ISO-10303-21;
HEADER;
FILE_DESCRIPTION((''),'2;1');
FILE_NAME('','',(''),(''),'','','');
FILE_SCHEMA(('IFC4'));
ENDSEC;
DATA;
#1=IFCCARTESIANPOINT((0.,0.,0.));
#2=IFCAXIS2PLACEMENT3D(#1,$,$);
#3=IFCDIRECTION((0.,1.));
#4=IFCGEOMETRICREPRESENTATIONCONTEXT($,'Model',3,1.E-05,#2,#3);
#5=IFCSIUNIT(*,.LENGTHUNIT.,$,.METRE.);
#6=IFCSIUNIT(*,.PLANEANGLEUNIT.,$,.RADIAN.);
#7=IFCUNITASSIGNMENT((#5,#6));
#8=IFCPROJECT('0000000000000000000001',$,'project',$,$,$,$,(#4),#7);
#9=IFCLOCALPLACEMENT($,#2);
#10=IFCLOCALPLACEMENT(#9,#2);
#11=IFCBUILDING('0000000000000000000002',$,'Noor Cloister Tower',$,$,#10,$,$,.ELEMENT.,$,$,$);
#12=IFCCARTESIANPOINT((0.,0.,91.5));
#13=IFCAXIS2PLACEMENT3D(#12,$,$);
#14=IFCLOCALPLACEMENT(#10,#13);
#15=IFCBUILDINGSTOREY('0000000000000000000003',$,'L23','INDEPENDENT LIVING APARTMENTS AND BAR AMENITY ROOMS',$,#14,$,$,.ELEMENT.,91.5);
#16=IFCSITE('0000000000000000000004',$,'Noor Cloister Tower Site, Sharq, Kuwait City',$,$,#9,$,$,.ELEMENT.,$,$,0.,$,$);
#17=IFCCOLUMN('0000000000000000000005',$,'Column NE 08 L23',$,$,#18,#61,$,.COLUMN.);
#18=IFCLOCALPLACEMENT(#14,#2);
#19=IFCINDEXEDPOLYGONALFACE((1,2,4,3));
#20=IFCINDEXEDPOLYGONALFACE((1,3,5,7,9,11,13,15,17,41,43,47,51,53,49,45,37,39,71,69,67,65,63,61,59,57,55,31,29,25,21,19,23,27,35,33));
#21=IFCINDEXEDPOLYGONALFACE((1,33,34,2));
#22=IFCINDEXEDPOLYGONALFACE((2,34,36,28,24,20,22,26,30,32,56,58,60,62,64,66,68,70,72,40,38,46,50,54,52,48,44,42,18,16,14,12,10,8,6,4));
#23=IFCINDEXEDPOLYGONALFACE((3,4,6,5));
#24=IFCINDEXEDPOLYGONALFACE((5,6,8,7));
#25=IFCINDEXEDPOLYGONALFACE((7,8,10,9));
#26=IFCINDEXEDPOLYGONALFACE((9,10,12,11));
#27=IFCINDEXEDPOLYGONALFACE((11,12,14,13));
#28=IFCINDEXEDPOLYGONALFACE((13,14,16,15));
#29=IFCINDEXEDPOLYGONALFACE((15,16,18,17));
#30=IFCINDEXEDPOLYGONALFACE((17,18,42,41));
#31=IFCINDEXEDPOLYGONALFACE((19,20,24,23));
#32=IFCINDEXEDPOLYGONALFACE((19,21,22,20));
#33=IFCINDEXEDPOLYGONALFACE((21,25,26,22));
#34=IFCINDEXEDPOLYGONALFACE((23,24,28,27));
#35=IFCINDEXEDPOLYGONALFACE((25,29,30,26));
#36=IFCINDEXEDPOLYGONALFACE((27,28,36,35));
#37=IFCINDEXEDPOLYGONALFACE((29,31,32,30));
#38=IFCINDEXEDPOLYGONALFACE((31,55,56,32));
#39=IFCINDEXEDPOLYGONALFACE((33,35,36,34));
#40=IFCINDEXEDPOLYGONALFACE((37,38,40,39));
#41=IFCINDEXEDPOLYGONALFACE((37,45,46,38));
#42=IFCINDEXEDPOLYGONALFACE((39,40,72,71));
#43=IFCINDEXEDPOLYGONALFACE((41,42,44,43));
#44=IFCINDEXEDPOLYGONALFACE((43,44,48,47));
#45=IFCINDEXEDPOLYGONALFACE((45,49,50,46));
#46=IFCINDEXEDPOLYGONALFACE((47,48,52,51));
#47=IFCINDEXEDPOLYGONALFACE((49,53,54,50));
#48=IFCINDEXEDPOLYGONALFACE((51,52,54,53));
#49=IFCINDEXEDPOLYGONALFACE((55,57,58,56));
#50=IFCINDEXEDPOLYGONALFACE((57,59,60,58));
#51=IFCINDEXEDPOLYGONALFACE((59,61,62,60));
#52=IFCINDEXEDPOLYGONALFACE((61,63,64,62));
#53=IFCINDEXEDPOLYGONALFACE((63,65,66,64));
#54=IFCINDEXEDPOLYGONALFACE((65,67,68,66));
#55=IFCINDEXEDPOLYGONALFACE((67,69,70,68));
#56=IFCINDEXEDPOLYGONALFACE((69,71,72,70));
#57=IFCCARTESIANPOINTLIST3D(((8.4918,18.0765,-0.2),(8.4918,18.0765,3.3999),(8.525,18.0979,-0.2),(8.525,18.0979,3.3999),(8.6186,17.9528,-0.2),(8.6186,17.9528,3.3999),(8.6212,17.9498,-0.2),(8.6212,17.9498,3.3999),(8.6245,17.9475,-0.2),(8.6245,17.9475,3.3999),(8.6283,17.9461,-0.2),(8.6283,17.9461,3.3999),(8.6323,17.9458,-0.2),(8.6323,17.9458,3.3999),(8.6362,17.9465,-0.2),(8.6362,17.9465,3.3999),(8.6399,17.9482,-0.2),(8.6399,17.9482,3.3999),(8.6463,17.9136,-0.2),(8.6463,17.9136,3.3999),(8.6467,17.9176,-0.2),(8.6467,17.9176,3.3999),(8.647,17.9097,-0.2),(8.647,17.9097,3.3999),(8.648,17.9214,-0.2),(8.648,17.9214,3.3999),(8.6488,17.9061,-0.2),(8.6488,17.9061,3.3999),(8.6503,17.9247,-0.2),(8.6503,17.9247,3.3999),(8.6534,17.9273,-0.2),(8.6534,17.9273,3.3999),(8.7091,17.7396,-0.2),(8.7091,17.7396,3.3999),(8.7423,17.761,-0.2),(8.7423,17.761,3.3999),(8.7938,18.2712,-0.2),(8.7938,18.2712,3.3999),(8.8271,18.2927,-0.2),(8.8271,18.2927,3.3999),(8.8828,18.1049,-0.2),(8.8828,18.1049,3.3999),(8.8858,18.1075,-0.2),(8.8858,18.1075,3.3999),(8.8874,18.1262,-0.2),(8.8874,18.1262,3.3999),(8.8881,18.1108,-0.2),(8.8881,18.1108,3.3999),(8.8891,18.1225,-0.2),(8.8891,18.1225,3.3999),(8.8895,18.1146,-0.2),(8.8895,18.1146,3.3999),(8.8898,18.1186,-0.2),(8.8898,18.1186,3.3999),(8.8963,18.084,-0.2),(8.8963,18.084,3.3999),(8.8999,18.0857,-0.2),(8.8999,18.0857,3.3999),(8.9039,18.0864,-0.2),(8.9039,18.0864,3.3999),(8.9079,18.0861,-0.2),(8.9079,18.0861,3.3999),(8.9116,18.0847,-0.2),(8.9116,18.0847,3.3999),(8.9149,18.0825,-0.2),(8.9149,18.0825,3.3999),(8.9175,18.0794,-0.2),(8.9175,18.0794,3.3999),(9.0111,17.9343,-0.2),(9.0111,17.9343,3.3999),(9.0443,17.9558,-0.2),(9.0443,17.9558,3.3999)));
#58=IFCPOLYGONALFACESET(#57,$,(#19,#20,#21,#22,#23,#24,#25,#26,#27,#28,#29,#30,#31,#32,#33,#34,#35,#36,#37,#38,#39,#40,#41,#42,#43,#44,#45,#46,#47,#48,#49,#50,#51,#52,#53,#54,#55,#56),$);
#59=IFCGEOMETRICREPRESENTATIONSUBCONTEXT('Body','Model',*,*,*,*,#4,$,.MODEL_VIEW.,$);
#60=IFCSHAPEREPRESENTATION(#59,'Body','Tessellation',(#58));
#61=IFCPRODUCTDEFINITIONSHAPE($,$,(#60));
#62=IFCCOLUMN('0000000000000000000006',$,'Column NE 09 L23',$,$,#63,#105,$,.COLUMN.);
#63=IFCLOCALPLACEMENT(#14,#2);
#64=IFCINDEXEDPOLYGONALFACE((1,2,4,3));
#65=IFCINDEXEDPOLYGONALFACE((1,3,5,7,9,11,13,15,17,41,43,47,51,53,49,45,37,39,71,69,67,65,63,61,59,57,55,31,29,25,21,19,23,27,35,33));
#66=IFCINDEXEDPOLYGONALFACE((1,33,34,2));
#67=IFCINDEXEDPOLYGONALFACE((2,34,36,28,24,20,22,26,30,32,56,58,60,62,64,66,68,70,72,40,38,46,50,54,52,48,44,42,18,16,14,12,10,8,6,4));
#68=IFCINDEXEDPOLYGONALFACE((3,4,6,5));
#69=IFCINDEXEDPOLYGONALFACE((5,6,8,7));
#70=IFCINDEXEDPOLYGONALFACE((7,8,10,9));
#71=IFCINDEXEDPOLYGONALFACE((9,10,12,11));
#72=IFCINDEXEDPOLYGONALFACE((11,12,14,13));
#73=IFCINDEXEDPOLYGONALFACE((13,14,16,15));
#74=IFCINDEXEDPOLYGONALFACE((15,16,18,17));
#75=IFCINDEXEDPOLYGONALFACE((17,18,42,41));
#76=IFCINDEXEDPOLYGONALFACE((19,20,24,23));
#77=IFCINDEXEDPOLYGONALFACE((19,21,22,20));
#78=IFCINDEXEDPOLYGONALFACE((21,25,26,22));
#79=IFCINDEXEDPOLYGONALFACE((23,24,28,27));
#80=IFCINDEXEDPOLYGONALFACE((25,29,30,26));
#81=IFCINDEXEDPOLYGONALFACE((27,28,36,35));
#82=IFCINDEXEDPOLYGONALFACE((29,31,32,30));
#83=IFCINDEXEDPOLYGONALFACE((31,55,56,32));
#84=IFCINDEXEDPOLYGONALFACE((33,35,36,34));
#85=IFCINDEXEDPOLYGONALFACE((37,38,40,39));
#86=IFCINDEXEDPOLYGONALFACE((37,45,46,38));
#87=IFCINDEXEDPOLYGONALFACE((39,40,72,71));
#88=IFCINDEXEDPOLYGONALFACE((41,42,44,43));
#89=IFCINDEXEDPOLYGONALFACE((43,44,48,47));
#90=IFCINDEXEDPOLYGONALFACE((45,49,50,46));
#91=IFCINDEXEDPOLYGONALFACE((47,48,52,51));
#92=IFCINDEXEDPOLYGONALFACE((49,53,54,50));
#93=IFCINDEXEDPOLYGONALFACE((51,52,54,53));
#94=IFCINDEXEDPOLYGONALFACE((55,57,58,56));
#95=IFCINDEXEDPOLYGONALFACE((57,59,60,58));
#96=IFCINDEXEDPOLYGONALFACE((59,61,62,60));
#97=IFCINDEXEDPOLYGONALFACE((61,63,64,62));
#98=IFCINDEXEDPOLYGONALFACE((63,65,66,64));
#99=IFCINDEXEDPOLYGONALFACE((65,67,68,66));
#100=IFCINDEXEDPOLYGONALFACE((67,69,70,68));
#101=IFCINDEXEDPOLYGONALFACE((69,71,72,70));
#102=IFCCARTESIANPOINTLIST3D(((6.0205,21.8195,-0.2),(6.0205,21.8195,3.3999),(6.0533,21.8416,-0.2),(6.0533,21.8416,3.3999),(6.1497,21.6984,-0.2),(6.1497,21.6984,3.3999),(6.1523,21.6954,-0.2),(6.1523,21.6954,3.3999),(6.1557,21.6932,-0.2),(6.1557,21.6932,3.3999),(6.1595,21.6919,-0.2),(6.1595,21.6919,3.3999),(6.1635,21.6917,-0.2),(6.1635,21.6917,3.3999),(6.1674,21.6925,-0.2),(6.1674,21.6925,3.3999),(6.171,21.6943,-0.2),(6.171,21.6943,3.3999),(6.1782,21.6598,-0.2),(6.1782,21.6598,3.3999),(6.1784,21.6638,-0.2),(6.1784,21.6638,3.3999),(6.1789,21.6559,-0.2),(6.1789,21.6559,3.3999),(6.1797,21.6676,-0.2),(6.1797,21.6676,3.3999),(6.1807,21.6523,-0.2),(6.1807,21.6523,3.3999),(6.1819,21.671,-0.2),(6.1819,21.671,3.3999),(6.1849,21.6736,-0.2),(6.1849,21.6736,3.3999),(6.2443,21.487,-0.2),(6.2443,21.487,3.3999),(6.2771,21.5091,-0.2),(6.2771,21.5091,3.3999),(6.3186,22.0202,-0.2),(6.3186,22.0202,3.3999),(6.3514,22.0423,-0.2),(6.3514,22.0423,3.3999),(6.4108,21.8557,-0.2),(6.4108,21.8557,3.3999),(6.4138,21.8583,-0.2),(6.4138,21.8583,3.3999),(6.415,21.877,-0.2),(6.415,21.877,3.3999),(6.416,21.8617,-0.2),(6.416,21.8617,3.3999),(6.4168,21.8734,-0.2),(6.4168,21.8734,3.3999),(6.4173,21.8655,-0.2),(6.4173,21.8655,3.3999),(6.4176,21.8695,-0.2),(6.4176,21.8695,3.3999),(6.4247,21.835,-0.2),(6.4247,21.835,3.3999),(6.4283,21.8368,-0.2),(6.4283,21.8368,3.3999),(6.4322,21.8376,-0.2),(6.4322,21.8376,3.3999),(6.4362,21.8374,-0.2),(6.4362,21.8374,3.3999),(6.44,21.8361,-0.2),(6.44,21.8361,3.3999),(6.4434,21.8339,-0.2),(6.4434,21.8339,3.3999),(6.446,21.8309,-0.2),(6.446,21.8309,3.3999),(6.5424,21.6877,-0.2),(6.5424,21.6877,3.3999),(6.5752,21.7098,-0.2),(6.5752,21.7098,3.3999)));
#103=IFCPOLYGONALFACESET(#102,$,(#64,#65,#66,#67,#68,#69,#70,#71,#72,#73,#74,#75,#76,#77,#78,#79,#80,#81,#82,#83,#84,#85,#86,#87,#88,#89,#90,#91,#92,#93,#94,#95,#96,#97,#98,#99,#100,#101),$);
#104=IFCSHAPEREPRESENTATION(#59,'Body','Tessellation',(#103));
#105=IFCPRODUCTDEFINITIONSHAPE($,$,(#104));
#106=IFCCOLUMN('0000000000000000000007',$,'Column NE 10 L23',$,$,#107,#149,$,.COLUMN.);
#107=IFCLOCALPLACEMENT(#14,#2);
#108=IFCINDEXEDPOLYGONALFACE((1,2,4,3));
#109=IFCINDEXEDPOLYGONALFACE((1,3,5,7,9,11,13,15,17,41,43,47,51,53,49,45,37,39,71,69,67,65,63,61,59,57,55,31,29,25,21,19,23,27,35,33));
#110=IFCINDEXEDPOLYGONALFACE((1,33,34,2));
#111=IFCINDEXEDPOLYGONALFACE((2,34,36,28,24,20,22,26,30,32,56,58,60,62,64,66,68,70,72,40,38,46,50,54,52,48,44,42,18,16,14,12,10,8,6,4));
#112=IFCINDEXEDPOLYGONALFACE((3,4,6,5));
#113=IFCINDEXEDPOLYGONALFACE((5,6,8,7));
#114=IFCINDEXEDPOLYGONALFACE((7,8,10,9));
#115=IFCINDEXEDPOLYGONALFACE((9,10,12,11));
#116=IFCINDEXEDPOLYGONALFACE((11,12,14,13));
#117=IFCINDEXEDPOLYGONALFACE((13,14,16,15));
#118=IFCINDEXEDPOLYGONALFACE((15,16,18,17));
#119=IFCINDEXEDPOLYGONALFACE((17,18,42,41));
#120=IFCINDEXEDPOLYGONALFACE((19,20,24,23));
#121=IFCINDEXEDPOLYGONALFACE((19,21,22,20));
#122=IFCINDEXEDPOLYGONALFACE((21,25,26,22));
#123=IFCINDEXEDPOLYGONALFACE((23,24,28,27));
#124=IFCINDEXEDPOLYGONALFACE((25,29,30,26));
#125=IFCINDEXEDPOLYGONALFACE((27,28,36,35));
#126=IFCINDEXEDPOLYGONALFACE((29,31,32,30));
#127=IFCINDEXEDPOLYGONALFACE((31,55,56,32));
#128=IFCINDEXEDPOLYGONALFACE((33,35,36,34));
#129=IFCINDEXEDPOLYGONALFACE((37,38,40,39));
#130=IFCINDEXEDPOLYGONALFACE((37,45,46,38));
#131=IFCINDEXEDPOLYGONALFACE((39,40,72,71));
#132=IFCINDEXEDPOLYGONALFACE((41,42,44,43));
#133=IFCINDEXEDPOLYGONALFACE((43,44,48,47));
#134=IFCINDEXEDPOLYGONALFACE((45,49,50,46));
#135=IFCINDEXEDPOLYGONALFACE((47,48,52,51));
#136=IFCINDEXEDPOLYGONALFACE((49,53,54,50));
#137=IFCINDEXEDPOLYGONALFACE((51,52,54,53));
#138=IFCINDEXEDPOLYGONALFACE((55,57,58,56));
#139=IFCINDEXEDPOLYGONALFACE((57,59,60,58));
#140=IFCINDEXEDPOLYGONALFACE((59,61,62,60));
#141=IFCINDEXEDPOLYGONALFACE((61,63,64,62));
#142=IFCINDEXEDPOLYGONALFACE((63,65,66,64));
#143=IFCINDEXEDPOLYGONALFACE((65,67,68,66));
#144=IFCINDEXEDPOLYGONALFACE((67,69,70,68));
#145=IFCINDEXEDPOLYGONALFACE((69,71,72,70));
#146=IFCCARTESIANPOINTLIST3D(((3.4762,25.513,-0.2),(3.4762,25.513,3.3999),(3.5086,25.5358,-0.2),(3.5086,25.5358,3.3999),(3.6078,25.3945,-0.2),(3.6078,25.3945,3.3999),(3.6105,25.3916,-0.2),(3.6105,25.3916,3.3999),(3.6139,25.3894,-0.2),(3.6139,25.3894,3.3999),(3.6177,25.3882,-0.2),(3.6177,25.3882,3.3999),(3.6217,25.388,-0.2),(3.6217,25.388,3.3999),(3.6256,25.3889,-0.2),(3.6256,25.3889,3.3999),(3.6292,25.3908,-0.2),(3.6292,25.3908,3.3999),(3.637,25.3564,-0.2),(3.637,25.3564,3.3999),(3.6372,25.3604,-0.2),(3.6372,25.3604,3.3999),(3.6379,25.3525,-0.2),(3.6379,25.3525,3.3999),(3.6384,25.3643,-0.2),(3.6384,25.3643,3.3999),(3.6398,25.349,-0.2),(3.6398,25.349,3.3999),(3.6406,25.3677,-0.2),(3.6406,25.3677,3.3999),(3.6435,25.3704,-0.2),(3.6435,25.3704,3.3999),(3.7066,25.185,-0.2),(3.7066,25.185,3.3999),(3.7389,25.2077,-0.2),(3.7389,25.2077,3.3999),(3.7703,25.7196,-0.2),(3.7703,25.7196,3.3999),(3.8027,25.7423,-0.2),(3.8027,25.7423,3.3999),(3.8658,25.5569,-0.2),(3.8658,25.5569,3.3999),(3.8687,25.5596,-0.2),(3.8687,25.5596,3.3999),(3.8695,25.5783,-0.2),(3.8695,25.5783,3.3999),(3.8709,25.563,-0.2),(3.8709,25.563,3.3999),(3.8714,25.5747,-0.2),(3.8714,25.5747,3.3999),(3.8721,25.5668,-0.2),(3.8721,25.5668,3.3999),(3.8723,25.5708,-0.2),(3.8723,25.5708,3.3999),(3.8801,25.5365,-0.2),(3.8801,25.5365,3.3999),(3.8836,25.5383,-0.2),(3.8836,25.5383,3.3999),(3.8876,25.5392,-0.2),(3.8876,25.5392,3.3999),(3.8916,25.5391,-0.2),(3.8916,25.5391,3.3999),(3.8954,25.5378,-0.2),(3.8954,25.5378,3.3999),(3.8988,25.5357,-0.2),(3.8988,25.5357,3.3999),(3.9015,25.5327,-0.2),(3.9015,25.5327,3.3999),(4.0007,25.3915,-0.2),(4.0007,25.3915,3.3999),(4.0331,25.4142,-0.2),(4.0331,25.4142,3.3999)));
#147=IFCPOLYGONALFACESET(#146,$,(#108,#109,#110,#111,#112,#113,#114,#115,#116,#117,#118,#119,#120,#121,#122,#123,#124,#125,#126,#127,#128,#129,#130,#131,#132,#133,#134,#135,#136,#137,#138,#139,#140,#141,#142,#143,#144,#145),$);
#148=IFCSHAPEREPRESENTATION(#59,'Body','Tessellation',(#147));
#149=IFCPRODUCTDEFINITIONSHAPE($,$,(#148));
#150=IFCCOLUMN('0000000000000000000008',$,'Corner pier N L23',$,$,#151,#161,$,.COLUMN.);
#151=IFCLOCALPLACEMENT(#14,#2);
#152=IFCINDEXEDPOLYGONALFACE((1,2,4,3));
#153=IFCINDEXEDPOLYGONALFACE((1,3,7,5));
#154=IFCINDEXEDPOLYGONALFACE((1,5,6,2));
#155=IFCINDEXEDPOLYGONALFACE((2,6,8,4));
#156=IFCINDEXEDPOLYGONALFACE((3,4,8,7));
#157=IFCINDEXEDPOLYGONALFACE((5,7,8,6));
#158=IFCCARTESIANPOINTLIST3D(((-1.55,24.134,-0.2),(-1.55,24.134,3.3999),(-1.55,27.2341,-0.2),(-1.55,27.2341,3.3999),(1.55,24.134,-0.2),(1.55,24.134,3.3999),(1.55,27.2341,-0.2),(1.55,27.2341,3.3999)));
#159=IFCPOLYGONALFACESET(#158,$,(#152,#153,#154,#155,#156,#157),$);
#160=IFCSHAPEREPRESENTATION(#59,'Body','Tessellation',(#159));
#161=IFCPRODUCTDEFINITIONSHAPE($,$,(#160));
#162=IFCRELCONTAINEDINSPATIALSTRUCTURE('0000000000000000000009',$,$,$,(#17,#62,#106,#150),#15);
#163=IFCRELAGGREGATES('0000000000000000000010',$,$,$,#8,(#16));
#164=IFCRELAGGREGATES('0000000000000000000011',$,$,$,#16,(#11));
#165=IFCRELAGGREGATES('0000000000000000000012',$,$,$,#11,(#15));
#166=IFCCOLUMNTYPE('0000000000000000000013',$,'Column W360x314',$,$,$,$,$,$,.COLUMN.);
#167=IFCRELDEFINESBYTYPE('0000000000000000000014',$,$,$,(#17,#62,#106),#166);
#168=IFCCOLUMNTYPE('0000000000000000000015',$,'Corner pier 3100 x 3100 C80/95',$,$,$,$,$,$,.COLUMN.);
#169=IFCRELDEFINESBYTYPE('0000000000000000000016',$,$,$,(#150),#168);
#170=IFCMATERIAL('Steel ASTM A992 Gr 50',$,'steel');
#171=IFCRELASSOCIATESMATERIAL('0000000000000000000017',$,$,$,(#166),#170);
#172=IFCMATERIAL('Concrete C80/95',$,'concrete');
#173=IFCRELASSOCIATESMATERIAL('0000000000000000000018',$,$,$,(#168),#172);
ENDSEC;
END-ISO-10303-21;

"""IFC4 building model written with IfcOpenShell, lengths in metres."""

from ifc_helpers import new_model, si_unit, direction, frame, origin, origin_2d, place, context, subcontext, project, spatial, rectangle, i_section, extrude, material, material_profile, profile_set, type_object, element, save


model = new_model("IFC4")

# Units and contexts
model_context = context("Model", 3, precision=1e-05, world=origin(), true_north=direction((0.0, 1.0)))
body_context = subcontext(model_context, "Body", "Model", "MODEL_VIEW")
ifc_project = project(units=[si_unit("LENGTHUNIT", "METRE"), si_unit("PLANEANGLEUNIT", "RADIAN")], contexts=[model_context])

# Site, building, storey
site_placement = place(None, origin())
site = spatial("IfcSite", under=ifc_project, at=site_placement, Name="Noor Cloister Tower Site, Sharq, Kuwait City", CompositionType="ELEMENT", RefElevation=0.0)
building_placement = place(site_placement, origin())
building = spatial("IfcBuilding", under=site, at=building_placement, Name="Noor Cloister Tower", CompositionType="ELEMENT")
storey_placement = place(building_placement, frame((0.0, 0.0, 91.5)))
storey = spatial("IfcBuildingStorey", under=building, at=storey_placement, Name="L23", Description="INDEPENDENT LIVING APARTMENTS AND BAR AMENITY ROOMS", CompositionType="ELEMENT", Elevation=91.5)

# Columns
ifc_material_1 = material(Name="Steel ASTM A992 Gr 50", Category="steel")
ifc_material_profile_1 = material_profile(ifc_material_1, i_section(OverallWidth=0.4009, OverallDepth=0.3989, WebThickness=0.0249, FlangeThickness=0.0396, FilletRadius=0.0154, at=origin_2d()), Name="W360x314")
ifc_profile_set_1 = profile_set([ifc_material_profile_1], Name="Steel ASTM A992 Gr 50")
column_type_1 = type_object("IfcColumnType", Name="Column W360x314", PredefinedType="COLUMN", material=ifc_profile_set_1)
for number, where, z_axis, x_axis, name in (
    (1, (8.7681, 18.0161, -0.2), (0.0, 0.0, 1.0), (-0.541993, 0.840383, 0.0), "Column NE 08 L23"),
    (2, (6.2979, 21.7646, -0.2), (0.0, 0.0, 1.0), (-0.558429, 0.829553, 0.0), "Column NE 09 L23"),
    (3, (3.7546, 25.4636, -0.2), (0.0, 0.0, 1.0), (-0.574648, 0.818401, 0.0), "Column NE 10 L23"),
):
    element("IfcColumn", number, at=place(storey_placement, frame(where, z_axis=z_axis, x_axis=x_axis)), inside=storey, type_object=column_type_1, Name=name, PredefinedType="COLUMN", context=body_context, shape_type="SweptSolid", body=[
        extrude(i_section(OverallWidth=0.4009, OverallDepth=0.3989, WebThickness=0.0249, FlangeThickness=0.0396, FilletRadius=0.0154, at=origin_2d()), origin(), (0.0, 0.0, 1.0), 3.5999),
    ])
ifc_material_2 = material(Name="Concrete C80/95", Category="concrete")
ifc_material_profile_2 = material_profile(ifc_material_2, rectangle(XDim=3.1001, YDim=3.1001, at=origin_2d()), Name="RC 3100x3100")
ifc_profile_set_2 = profile_set([ifc_material_profile_2], Name="Concrete C80/95")
column_type_2 = type_object("IfcColumnType", Name="Corner pier 3100 x 3100 C80/95", PredefinedType="COLUMN", material=ifc_profile_set_2)
column_placement = place(storey_placement, frame((0.0, 25.6841, -0.2), z_axis=(0.0, 0.0, 1.0), x_axis=(0.0, 1.0, 0.0)))
element("IfcColumn", 4, at=column_placement, inside=storey, type_object=column_type_2, Name="Corner pier N L23", PredefinedType="COLUMN", context=body_context, shape_type="SweptSolid", body=[
    extrude(rectangle(XDim=3.1001, YDim=3.1001, at=origin_2d()), origin(), (0.0, 0.0, 1.0), 3.5999),
])

save(model, "model.ifc")
